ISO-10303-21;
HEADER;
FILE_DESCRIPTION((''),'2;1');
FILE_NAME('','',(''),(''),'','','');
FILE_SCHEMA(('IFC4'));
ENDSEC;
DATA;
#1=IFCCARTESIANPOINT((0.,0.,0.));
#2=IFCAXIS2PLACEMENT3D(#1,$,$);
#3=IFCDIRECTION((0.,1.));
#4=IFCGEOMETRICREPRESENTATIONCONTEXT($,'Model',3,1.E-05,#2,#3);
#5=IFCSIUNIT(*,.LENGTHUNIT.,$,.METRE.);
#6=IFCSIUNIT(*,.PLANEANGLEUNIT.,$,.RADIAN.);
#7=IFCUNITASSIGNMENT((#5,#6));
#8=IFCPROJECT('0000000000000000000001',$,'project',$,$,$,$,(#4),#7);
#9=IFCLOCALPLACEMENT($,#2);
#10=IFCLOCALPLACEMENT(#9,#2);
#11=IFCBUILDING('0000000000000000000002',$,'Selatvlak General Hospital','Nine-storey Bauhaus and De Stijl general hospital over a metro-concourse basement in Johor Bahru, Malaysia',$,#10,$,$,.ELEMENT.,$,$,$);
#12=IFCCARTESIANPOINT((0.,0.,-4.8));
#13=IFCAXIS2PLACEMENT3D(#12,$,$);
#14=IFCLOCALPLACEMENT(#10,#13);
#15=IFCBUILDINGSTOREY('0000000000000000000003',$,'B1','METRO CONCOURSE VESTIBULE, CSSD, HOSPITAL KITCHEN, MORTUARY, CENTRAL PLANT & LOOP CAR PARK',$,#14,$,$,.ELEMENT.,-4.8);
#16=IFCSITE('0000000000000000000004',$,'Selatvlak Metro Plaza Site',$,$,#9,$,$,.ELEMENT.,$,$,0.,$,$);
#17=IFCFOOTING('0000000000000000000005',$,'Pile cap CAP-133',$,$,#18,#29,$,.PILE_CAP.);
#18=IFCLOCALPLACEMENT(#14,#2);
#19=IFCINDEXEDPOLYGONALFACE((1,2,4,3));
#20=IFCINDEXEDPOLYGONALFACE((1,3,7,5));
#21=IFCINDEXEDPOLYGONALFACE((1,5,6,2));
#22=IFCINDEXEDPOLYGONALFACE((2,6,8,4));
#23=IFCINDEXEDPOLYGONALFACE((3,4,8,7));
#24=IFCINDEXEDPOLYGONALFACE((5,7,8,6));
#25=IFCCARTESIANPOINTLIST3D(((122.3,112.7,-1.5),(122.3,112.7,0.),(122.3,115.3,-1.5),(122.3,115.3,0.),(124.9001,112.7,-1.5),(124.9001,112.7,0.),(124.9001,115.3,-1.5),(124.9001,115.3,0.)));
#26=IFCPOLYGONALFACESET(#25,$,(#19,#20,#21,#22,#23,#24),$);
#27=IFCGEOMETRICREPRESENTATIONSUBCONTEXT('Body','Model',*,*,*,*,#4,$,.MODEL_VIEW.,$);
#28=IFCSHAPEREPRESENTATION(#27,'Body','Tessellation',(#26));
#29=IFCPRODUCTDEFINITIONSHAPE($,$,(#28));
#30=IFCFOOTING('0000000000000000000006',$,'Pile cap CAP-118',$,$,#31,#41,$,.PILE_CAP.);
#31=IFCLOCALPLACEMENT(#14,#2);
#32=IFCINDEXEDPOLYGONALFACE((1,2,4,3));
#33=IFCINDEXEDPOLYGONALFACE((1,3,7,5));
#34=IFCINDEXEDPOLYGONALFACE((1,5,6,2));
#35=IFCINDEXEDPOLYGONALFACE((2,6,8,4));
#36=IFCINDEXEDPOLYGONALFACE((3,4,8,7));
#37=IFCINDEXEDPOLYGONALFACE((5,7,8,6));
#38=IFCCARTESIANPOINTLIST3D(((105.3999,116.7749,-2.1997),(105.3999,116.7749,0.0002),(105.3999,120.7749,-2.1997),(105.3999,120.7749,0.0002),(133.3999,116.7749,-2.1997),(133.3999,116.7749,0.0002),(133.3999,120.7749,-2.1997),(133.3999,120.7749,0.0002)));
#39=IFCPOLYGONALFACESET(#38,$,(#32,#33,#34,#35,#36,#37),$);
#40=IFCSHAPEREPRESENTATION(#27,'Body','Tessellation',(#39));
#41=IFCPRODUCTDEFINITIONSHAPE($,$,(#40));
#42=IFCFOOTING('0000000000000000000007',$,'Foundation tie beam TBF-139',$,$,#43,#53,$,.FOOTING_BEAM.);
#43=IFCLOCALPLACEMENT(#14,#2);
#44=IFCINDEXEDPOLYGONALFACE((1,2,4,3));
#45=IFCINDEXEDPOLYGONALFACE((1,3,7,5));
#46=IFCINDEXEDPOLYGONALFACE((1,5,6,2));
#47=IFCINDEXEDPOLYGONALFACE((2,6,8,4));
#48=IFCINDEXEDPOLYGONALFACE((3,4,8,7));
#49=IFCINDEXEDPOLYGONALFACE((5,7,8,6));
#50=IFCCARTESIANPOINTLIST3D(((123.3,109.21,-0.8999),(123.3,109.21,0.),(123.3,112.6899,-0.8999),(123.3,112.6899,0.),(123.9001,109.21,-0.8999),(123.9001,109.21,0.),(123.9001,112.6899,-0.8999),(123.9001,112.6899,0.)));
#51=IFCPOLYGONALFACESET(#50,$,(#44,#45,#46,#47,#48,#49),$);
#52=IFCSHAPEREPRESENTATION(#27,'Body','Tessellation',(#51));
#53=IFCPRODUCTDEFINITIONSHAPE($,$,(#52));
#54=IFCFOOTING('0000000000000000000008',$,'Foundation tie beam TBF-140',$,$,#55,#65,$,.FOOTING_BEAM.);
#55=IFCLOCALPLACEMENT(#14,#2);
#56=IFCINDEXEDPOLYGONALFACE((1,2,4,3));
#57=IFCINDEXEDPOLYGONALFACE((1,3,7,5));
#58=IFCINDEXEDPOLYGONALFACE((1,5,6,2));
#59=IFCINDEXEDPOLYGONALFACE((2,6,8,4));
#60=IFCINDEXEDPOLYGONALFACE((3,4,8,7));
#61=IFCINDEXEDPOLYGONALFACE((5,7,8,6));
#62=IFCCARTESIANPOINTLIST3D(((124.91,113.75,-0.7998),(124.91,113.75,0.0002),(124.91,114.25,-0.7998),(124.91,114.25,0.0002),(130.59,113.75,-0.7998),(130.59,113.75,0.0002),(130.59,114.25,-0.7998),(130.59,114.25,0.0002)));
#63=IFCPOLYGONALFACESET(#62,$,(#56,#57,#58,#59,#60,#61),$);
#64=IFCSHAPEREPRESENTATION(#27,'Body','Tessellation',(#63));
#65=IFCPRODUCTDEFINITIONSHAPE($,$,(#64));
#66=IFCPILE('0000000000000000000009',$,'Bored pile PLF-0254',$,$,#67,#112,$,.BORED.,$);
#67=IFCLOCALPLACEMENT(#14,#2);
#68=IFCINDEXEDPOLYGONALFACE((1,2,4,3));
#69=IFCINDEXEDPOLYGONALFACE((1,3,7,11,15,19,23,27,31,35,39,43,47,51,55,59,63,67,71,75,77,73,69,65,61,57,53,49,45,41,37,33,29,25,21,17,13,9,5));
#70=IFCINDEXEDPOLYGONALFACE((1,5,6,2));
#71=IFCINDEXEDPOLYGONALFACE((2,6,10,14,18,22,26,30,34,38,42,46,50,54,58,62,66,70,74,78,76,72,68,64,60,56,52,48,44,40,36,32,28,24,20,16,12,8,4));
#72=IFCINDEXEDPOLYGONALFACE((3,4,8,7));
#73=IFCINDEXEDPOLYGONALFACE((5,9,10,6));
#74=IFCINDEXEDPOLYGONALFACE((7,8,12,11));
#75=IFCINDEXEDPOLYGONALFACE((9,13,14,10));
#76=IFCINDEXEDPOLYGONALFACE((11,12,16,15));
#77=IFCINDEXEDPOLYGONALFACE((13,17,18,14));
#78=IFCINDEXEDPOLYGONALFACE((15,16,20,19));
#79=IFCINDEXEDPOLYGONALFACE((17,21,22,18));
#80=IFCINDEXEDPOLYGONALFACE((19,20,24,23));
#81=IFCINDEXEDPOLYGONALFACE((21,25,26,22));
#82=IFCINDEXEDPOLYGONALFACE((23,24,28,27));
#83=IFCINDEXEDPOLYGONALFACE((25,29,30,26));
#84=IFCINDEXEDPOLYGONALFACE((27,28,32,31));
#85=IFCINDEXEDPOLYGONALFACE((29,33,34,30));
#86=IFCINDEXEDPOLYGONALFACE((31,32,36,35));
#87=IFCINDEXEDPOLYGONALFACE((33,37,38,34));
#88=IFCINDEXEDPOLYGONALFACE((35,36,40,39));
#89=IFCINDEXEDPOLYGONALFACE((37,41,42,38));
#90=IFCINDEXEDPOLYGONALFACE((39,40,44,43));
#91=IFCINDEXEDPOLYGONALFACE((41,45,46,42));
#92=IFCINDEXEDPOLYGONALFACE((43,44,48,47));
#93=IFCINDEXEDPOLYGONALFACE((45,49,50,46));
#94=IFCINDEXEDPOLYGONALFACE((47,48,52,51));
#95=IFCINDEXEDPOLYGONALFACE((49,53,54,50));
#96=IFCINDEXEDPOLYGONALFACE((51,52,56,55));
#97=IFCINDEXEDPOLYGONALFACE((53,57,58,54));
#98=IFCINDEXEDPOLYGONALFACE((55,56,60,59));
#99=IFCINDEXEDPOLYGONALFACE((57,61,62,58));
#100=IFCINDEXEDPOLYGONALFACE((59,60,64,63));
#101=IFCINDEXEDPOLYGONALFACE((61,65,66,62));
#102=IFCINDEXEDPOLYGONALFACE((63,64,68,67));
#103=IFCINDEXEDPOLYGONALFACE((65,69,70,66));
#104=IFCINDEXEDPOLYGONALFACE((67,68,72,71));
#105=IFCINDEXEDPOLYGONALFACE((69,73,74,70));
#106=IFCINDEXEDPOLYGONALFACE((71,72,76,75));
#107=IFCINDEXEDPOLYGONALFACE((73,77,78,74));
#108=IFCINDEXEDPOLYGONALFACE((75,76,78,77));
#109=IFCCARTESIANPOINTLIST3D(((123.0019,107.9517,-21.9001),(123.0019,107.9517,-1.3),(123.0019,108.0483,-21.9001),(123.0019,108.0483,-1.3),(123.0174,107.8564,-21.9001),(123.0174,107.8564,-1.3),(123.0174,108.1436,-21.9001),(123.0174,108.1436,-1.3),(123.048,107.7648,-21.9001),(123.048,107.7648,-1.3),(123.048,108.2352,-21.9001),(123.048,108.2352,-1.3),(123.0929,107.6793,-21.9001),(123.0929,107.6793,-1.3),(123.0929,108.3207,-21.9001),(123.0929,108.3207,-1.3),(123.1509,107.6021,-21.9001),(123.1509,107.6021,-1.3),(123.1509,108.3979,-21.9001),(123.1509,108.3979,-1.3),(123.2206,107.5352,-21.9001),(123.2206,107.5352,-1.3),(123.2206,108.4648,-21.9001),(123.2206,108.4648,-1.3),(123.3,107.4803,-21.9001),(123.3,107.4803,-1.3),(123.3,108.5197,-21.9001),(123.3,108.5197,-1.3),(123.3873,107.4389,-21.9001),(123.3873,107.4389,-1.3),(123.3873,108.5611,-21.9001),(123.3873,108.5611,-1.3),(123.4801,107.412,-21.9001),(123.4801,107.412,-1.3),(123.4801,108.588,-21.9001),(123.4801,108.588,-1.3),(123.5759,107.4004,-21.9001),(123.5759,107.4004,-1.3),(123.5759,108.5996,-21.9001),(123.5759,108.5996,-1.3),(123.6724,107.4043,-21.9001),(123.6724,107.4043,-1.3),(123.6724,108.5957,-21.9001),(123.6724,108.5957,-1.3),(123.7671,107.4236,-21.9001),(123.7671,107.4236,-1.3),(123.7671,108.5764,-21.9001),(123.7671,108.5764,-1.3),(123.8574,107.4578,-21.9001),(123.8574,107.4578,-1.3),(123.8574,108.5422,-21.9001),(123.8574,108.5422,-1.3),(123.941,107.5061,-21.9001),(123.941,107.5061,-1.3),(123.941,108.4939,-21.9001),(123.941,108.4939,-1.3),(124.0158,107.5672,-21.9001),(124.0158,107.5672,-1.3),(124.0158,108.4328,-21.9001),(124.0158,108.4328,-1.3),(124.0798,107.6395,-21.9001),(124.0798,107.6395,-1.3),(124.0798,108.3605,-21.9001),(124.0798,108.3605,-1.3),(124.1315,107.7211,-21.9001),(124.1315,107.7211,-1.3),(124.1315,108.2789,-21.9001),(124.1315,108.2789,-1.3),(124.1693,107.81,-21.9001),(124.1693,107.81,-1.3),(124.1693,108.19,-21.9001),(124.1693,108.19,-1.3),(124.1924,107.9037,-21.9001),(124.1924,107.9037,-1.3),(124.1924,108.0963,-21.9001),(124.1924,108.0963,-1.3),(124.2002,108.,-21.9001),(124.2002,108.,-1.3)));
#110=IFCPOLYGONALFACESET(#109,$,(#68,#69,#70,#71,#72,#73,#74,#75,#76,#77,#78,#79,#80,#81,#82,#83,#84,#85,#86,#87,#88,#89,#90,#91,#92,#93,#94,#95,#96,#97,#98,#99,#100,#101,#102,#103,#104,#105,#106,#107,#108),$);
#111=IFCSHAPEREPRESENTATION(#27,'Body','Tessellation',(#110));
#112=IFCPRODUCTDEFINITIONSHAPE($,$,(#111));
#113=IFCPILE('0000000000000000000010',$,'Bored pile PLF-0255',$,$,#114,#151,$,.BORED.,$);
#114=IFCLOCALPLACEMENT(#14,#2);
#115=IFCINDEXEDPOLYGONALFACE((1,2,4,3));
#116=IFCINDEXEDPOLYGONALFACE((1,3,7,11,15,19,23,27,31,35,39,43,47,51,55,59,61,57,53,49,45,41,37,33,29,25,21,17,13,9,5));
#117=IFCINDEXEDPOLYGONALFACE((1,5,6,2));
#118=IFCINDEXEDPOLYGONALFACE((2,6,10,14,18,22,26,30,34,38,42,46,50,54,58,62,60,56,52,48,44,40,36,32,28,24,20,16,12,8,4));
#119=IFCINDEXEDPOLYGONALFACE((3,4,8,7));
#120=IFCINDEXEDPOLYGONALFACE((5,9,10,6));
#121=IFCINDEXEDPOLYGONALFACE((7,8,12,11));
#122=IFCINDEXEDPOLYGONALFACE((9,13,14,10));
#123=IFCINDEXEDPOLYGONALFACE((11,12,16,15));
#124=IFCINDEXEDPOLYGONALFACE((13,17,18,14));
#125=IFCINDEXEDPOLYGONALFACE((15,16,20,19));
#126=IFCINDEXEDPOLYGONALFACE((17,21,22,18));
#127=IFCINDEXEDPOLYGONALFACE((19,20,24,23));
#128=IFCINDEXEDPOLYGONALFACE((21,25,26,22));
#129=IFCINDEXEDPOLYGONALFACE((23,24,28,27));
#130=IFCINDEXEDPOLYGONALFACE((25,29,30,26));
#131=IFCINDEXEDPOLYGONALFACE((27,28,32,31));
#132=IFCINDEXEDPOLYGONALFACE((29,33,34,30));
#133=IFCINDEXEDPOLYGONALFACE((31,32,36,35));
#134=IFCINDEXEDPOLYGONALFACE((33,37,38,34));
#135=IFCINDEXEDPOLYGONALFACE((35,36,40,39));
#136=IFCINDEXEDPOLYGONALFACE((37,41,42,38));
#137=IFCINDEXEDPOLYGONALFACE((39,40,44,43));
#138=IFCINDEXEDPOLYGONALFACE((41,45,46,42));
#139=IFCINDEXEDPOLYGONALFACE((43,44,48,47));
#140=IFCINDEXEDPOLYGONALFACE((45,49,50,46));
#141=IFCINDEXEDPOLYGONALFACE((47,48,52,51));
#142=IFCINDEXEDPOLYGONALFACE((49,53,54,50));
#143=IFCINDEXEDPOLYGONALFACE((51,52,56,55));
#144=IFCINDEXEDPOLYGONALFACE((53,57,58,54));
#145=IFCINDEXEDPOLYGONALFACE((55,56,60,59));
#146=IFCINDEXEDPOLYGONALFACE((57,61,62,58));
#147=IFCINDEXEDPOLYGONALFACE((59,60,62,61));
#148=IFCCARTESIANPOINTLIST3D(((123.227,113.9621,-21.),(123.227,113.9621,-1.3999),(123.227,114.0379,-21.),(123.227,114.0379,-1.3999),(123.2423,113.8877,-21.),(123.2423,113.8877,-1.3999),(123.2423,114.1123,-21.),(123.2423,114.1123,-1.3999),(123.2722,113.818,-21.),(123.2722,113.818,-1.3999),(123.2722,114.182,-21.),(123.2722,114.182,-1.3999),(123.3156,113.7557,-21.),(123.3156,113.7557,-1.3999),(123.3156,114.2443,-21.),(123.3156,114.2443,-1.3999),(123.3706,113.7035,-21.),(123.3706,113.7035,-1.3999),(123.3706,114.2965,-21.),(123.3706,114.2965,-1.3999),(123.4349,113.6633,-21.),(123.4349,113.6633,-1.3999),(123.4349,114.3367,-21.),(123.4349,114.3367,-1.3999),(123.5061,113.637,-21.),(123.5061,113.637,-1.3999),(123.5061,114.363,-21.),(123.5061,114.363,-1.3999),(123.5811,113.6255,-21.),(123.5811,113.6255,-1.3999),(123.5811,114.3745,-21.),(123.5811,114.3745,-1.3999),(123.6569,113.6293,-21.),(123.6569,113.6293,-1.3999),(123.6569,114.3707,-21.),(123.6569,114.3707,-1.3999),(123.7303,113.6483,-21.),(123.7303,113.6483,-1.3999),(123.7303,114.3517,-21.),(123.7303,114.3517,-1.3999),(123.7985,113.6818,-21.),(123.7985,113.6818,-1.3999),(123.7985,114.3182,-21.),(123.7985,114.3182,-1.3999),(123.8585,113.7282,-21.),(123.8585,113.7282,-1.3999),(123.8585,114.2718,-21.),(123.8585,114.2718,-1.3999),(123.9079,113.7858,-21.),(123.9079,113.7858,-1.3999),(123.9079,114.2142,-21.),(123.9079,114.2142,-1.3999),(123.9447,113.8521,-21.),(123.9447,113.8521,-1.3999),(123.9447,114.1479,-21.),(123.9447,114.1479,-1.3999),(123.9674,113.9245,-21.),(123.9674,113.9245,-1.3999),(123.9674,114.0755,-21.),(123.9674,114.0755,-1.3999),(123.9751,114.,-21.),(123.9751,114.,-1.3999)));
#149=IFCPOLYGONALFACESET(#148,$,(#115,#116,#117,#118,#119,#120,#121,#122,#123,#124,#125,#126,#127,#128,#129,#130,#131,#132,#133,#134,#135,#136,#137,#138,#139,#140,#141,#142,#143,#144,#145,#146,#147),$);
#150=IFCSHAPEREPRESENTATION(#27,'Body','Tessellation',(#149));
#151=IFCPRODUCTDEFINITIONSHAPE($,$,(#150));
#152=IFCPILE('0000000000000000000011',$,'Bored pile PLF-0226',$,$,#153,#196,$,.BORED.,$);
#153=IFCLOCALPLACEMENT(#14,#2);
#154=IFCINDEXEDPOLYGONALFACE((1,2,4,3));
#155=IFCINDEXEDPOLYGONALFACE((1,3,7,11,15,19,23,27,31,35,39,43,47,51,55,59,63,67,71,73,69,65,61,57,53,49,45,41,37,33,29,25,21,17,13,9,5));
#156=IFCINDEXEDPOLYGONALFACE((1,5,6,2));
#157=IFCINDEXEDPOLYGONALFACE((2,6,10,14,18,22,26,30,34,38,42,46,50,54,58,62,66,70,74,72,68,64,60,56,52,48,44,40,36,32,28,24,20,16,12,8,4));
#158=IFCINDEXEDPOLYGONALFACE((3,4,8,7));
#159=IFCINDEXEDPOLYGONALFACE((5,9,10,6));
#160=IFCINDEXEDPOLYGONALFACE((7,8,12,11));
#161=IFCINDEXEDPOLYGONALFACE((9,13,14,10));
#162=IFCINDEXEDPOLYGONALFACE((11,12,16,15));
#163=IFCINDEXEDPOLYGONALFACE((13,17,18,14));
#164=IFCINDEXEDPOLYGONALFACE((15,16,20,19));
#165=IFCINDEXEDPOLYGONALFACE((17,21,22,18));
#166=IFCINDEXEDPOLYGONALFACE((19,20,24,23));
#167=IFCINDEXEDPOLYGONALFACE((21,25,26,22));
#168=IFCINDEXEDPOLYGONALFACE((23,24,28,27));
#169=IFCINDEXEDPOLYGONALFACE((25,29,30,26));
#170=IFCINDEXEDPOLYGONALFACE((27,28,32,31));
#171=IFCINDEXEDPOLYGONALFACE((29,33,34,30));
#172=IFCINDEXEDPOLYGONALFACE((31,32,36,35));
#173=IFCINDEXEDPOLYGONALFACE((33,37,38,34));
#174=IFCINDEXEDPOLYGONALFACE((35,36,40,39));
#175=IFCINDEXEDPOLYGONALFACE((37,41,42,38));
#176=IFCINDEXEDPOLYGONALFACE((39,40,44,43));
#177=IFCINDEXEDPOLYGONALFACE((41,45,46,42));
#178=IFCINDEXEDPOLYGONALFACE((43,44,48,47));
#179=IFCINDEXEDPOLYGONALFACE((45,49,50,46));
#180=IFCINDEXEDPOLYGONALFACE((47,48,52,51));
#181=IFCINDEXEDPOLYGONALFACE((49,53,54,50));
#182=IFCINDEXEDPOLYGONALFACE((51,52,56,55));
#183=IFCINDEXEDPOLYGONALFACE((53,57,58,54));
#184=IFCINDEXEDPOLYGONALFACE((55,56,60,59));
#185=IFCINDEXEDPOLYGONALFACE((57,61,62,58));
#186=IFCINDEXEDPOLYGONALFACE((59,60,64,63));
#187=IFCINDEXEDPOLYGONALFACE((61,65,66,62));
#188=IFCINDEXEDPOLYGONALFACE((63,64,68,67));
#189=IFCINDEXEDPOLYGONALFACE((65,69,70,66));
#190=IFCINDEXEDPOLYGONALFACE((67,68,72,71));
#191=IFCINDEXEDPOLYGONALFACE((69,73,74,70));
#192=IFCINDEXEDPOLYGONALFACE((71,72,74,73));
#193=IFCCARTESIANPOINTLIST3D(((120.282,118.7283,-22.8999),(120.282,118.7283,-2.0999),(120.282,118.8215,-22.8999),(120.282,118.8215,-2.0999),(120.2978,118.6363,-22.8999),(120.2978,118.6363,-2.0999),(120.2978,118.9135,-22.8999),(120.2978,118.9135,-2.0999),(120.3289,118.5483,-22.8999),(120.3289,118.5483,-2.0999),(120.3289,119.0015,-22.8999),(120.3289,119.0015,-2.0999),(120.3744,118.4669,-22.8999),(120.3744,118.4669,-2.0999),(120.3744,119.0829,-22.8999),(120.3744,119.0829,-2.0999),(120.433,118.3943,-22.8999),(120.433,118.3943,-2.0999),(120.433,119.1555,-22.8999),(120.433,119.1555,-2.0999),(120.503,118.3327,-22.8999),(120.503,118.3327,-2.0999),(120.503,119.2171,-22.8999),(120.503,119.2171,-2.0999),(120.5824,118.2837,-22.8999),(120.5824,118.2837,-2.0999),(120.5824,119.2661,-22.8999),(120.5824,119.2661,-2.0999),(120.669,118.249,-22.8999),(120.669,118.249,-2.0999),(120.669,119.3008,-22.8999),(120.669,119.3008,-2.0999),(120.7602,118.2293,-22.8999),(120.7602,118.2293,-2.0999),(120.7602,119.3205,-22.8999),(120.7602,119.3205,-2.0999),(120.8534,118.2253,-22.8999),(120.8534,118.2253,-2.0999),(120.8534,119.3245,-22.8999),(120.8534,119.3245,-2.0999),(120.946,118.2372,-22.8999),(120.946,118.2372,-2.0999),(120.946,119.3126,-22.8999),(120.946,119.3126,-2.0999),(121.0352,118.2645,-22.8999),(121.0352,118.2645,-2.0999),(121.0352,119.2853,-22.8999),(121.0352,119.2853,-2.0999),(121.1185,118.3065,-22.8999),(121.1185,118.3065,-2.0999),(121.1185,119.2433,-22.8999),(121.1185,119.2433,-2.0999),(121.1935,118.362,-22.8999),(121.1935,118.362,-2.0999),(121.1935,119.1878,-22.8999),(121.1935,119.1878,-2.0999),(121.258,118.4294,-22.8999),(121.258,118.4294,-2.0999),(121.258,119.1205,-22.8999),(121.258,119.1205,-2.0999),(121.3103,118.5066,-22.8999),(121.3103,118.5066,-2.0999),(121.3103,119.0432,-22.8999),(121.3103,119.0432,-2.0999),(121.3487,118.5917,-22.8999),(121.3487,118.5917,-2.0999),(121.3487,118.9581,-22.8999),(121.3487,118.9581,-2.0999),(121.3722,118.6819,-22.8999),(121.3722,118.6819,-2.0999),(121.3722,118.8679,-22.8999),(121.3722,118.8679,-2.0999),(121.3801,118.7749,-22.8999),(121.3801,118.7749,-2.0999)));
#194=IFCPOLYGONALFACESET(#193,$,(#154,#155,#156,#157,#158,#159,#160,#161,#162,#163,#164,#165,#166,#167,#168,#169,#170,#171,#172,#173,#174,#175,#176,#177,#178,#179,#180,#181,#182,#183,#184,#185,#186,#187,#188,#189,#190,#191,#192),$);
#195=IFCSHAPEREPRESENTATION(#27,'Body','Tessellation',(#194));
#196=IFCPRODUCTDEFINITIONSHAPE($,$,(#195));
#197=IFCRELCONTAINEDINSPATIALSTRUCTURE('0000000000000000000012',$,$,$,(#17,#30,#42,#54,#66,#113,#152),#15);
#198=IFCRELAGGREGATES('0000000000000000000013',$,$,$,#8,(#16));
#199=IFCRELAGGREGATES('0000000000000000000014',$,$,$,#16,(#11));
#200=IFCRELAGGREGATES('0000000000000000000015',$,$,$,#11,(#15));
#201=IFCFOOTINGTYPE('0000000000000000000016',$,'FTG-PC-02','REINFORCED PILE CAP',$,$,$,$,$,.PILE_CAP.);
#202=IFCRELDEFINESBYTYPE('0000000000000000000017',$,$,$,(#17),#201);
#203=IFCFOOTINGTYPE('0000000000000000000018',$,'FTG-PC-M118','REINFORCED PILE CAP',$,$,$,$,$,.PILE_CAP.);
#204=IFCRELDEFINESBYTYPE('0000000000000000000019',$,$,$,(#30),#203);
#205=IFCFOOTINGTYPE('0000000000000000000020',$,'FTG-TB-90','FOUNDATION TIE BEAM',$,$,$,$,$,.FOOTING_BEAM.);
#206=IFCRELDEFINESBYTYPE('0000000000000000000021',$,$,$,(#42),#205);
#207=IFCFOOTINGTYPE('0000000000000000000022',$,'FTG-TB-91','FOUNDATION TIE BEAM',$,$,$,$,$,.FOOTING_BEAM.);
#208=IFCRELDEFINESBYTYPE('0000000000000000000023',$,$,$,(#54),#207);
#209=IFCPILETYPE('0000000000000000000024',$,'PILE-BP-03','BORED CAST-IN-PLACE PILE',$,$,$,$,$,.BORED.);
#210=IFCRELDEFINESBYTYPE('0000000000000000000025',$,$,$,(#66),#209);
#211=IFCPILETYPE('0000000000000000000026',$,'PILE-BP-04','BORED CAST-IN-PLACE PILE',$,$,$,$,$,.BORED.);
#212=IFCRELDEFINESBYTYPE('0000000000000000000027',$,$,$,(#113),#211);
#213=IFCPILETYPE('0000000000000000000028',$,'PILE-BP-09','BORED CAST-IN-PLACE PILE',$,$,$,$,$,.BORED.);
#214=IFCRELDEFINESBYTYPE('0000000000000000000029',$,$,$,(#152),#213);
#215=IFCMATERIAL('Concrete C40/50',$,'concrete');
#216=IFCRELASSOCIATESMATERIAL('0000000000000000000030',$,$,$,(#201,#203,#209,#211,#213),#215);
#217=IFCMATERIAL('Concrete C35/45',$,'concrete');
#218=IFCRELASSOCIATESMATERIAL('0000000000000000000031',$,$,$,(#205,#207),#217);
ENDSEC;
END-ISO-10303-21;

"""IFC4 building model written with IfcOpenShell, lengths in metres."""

from ifc_helpers import new_model, si_unit, direction, frame, origin, origin_2d, place, context, subcontext, project, spatial, rectangle, circle, extrude, material, material_profile, profile_set, type_object, element, save


model = new_model("IFC4")

# Units and contexts
model_context = context("Model", 3, precision=1e-05, world=origin(), true_north=direction((0.0, 1.0)))
body_context = subcontext(model_context, "Body", "Model", "MODEL_VIEW")
ifc_project = project(units=[si_unit("LENGTHUNIT", "METRE"), si_unit("PLANEANGLEUNIT", "RADIAN")], contexts=[model_context])

# Site, building, storey
site_placement = place(None, origin())
site = spatial("IfcSite", under=ifc_project, at=site_placement, Name="Selatvlak Metro Plaza Site", CompositionType="ELEMENT", RefElevation=0.0)
building_placement = place(site_placement, origin())
building = spatial("IfcBuilding", under=site, at=building_placement, Name="Selatvlak General Hospital", Description="Nine-storey Bauhaus and De Stijl general hospital over a metro-concourse basement in Johor Bahru, Malaysia", CompositionType="ELEMENT")
storey_placement = place(building_placement, frame((0.0, 0.0, -4.8)))
storey = spatial("IfcBuildingStorey", under=building, at=storey_placement, Name="B1", Description="METRO CONCOURSE VESTIBULE, CSSD, HOSPITAL KITCHEN, MORTUARY, CENTRAL PLANT & LOOP CAR PARK", CompositionType="ELEMENT", Elevation=-4.8)

# Footings
ifc_material_1 = material(Name="Concrete C40/50", Category="concrete")
footing_type_1 = type_object("IfcFootingType", Name="FTG-PC-02", Description="REINFORCED PILE CAP", PredefinedType="PILE_CAP", material=ifc_material_1)
footing_1_placement = place(storey_placement, frame((123.6001, 114.0, -1.5), z_axis=(0.0, 0.0, 1.0), x_axis=(1.0, 0.0, 0.0)))
element("IfcFooting", 1, at=footing_1_placement, inside=storey, type_object=footing_type_1, Name="Pile cap CAP-133", PredefinedType="PILE_CAP", context=body_context, shape_type="SweptSolid", body=[
    extrude(rectangle(XDim=2.6001, YDim=2.6001, at=origin_2d()), origin(), (0.0, 0.0, 1.0), 1.5),
])
footing_type_2 = type_object("IfcFootingType", Name="FTG-PC-M118", Description="REINFORCED PILE CAP", PredefinedType="PILE_CAP", material=ifc_material_1)
footing_2_placement = place(storey_placement, frame((119.3999, 118.7749, -2.1997), z_axis=(0.0, 0.0, 1.0), x_axis=(1.0, 0.0, 0.0)))
element("IfcFooting", 2, at=footing_2_placement, inside=storey, type_object=footing_type_2, Name="Pile cap CAP-118", PredefinedType="PILE_CAP", context=body_context, shape_type="SweptSolid", body=[
    extrude(rectangle(XDim=28.0, YDim=4.0, at=origin_2d()), origin(), (0.0, 0.0, 1.0), 2.2),
])
ifc_material_2 = material(Name="Concrete C35/45", Category="concrete")
footing_type_3 = type_object("IfcFootingType", Name="FTG-TB-90", Description="FOUNDATION TIE BEAM", PredefinedType="FOOTING_BEAM", material=ifc_material_2)
footing_3_placement = place(storey_placement, frame((123.6001, 110.95, -0.8999), z_axis=(0.0, 0.0, 1.0), x_axis=(0.0, 1.0, 0.0)))
element("IfcFooting", 3, at=footing_3_placement, inside=storey, type_object=footing_type_3, Name="Foundation tie beam TBF-139", PredefinedType="FOOTING_BEAM", context=body_context, shape_type="SweptSolid", body=[
    extrude(rectangle(XDim=3.48, YDim=0.6001, at=origin_2d()), origin(), (0.0, 0.0, 1.0), 0.8999),
])
footing_type_4 = type_object("IfcFootingType", Name="FTG-TB-91", Description="FOUNDATION TIE BEAM", PredefinedType="FOOTING_BEAM", material=ifc_material_2)
footing_4_placement = place(storey_placement, frame((127.75, 114.0, -0.7998), z_axis=(0.0, 0.0, 1.0), x_axis=(1.0, 0.0, 0.0)))
element("IfcFooting", 4, at=footing_4_placement, inside=storey, type_object=footing_type_4, Name="Foundation tie beam TBF-140", PredefinedType="FOOTING_BEAM", context=body_context, shape_type="SweptSolid", body=[
    extrude(rectangle(XDim=5.6799, YDim=0.5, at=origin_2d()), origin(), (0.0, 0.0, 1.0), 0.8),
])

# Piles
ifc_material_profile_1 = material_profile(ifc_material_1, circle(Radius=0.6001, at=origin_2d()), Name="BORED PILE 1200")
ifc_profile_set_1 = profile_set([ifc_material_profile_1], Name="Concrete C40/50")
pile_type_1 = type_object("IfcPileType", Name="PILE-BP-03", Description="BORED CAST-IN-PLACE PILE", PredefinedType="BORED", material=ifc_profile_set_1)
pile_1_placement = place(storey_placement, frame((123.6001, 108.0, -1.3), z_axis=(0.0, 0.0, -1.0), x_axis=(1.0, 0.0, 0.0)))
element("IfcPile", 5, at=pile_1_placement, inside=storey, type_object=pile_type_1, Name="Bored pile PLF-0254", PredefinedType="BORED", context=body_context, shape_type="SweptSolid", body=[
    extrude(circle(Radius=0.6001, at=origin_2d()), origin(), (0.0, 0.0, 1.0), 20.6001),
])
ifc_material_profile_2 = material_profile(ifc_material_1, circle(Radius=0.375, at=origin_2d()), Name="BORED PILE 750")
ifc_profile_set_2 = profile_set([ifc_material_profile_2], Name="Concrete C40/50")
pile_type_2 = type_object("IfcPileType", Name="PILE-BP-04", Description="BORED CAST-IN-PLACE PILE", PredefinedType="BORED", material=ifc_profile_set_2)
pile_2_placement = place(storey_placement, frame((123.6001, 114.0, -1.3999), z_axis=(0.0, 0.0, -1.0), x_axis=(1.0, 0.0, 0.0)))
element("IfcPile", 6, at=pile_2_placement, inside=storey, type_object=pile_type_2, Name="Bored pile PLF-0255", PredefinedType="BORED", context=body_context, shape_type="SweptSolid", body=[
    extrude(circle(Radius=0.375, at=origin_2d()), origin(), (0.0, 0.0, 1.0), 19.6001),
])
ifc_material_profile_3 = material_profile(ifc_material_1, circle(Radius=0.55, at=origin_2d()), Name="BORED PILE 1100")
ifc_profile_set_3 = profile_set([ifc_material_profile_3], Name="Concrete C40/50")
pile_type_3 = type_object("IfcPileType", Name="PILE-BP-09", Description="BORED CAST-IN-PLACE PILE", PredefinedType="BORED", material=ifc_profile_set_3)
pile_3_placement = place(storey_placement, frame((120.8301, 118.7749, -2.0999), z_axis=(0.0, 0.0, -1.0), x_axis=(1.0, 0.0, 0.0)))
element("IfcPile", 7, at=pile_3_placement, inside=storey, type_object=pile_type_3, Name="Bored pile PLF-0226", PredefinedType="BORED", context=body_context, shape_type="SweptSolid", body=[
    extrude(circle(Radius=0.55, at=origin_2d()), origin(), (0.0, 0.0, 1.0), 20.8),
])

save(model, "model.ifc")
